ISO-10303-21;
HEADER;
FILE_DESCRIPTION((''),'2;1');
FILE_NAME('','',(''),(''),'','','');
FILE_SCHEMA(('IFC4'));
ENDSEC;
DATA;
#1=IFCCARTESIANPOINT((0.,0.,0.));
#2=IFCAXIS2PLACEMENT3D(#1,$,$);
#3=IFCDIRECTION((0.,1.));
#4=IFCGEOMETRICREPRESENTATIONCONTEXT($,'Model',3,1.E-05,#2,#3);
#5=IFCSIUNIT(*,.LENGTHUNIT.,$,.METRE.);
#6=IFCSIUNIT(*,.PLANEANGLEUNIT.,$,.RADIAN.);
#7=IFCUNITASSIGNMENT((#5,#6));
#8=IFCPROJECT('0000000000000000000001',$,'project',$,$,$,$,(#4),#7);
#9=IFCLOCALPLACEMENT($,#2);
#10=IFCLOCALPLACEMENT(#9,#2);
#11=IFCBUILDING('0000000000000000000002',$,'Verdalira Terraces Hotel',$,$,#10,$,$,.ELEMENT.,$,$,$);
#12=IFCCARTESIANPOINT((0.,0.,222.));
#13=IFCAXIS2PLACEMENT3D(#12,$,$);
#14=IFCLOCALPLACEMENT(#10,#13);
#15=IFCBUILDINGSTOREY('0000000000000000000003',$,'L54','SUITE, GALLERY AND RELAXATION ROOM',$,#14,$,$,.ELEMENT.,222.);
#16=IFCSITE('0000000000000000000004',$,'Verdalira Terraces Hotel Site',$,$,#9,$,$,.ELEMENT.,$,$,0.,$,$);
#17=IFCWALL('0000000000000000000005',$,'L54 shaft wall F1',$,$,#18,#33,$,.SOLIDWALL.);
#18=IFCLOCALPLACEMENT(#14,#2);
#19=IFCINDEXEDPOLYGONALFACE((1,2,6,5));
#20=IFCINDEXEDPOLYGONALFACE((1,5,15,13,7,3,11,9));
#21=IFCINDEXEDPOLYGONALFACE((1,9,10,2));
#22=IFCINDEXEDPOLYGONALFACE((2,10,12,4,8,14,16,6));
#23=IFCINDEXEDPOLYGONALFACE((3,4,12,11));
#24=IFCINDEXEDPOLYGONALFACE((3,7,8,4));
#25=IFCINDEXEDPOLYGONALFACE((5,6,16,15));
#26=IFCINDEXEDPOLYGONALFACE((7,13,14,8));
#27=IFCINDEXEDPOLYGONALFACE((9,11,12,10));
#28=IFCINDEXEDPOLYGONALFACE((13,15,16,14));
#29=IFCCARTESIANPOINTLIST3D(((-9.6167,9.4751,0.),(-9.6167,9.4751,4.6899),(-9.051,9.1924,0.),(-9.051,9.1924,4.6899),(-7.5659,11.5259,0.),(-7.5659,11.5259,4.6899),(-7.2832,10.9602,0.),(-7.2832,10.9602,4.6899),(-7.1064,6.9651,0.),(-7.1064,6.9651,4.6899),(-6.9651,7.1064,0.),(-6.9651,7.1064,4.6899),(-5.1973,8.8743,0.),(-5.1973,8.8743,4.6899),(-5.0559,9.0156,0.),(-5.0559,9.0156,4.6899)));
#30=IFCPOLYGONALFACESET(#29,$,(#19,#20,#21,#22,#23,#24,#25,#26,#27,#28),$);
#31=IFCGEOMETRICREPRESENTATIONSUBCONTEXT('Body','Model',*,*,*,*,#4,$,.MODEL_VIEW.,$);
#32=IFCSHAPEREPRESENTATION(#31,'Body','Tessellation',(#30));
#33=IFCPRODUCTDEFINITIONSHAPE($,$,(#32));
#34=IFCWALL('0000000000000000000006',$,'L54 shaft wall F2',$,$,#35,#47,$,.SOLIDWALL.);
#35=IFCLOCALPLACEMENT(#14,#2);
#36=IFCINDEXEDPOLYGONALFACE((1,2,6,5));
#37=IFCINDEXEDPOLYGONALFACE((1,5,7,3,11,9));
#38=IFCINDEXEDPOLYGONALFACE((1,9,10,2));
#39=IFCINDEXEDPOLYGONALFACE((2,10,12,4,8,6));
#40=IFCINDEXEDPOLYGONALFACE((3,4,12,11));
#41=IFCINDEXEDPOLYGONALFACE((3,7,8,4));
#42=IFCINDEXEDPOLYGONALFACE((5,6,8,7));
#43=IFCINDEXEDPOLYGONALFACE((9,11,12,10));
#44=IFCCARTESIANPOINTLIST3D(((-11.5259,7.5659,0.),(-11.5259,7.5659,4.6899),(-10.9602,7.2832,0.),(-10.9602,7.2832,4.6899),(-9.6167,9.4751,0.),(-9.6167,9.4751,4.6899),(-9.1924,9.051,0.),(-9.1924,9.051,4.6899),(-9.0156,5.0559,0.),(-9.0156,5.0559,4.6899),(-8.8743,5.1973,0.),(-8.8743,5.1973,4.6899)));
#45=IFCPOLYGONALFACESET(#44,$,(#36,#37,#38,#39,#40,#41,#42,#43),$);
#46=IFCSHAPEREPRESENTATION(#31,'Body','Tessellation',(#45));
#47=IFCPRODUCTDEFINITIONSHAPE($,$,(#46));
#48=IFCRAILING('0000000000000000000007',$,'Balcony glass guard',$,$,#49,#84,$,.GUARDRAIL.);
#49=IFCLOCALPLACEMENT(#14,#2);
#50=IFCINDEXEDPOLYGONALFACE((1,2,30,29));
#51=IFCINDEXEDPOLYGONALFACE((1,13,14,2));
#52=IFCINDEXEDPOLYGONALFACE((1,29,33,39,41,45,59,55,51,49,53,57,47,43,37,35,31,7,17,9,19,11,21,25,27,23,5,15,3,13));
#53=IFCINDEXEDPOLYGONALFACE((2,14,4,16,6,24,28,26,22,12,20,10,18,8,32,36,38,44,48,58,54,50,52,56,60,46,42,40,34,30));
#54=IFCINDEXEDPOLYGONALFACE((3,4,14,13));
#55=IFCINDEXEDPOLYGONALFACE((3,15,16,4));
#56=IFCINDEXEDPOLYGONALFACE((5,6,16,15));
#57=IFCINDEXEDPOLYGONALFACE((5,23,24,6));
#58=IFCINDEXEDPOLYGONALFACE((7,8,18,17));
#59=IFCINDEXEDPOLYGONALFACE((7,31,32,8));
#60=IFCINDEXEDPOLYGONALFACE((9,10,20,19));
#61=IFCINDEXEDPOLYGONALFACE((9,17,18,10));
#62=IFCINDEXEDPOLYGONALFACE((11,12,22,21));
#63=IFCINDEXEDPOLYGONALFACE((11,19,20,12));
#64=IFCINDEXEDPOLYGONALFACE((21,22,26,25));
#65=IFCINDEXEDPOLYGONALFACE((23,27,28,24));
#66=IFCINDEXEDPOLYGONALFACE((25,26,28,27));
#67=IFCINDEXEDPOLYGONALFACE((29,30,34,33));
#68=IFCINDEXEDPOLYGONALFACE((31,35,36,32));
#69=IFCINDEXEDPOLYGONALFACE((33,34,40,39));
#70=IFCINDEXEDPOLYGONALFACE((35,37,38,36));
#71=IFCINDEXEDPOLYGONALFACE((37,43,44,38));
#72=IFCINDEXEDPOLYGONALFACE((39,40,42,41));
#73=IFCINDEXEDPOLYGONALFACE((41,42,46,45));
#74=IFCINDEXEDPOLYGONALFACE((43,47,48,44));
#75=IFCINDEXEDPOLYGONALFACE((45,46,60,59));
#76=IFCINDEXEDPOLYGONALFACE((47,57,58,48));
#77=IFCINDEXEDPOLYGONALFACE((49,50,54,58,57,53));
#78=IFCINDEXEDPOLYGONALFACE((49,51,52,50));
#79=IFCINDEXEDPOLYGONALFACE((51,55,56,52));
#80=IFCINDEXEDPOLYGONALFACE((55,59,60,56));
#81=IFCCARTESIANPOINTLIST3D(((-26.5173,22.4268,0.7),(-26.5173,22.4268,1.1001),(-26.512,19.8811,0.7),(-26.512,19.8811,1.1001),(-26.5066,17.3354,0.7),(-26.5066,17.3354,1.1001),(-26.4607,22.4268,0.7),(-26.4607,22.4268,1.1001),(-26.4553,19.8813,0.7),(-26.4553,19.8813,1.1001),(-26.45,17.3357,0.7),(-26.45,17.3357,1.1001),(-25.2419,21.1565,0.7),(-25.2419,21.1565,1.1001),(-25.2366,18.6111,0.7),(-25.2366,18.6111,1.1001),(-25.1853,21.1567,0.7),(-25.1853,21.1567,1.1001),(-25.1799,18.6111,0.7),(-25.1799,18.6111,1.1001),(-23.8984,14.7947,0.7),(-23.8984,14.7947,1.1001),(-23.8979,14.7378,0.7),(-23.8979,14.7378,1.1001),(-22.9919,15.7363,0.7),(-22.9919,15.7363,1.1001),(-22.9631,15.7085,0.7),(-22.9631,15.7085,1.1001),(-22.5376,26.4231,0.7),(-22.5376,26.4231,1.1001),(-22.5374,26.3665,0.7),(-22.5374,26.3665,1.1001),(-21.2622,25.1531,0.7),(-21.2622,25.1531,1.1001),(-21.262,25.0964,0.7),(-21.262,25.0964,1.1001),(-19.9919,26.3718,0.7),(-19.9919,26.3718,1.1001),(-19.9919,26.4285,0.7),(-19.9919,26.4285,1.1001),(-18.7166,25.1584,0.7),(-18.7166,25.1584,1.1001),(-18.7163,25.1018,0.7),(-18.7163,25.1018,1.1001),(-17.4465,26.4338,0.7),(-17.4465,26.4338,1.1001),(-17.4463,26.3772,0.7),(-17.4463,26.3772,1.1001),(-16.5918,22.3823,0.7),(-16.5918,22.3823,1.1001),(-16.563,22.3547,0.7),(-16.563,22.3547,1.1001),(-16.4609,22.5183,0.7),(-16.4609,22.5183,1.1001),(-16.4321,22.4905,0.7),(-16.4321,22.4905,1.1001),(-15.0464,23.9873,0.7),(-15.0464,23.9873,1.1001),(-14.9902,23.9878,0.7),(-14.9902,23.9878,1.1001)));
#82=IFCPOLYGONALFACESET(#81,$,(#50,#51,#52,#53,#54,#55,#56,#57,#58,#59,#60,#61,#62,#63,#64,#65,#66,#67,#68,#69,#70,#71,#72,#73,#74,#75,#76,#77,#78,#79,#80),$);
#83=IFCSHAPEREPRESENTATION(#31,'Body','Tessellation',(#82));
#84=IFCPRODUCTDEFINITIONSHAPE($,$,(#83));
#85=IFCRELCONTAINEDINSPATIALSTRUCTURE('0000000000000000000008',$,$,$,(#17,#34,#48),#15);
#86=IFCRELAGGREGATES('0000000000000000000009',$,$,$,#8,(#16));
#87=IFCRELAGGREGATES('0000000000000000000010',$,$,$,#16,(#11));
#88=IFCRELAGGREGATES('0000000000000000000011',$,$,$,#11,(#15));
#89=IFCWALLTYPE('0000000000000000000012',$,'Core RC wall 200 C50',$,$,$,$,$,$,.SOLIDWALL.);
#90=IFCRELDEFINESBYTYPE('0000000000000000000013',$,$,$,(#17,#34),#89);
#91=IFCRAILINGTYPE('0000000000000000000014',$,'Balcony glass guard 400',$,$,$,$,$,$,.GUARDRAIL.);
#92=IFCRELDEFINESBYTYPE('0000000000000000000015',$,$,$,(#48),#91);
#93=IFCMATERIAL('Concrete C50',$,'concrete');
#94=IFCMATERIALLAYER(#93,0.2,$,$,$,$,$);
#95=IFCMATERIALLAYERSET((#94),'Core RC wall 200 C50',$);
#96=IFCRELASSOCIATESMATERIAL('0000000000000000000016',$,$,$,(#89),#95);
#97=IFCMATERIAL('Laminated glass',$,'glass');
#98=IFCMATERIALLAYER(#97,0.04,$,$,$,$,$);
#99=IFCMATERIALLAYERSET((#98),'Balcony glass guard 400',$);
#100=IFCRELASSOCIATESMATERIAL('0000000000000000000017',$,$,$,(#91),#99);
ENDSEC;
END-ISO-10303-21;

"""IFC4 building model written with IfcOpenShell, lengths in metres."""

from ifc_helpers import new_model, si_unit, direction, frame, origin, place, context, subcontext, project, spatial, polyline, outline, extrude, material, layer, layer_set, type_object, element, save


model = new_model("IFC4")

# Units and contexts
model_context = context("Model", 3, precision=1e-05, world=origin(), true_north=direction((0.0, 1.0)))
body_context = subcontext(model_context, "Body", "Model", "MODEL_VIEW")
ifc_project = project(units=[si_unit("LENGTHUNIT", "METRE"), si_unit("PLANEANGLEUNIT", "RADIAN")], contexts=[model_context])

# Site, building, storey
site_placement = place(None, origin())
site = spatial("IfcSite", under=ifc_project, at=site_placement, Name="Verdalira Terraces Hotel Site", CompositionType="ELEMENT", RefElevation=0.0)
building_placement = place(site_placement, origin())
building = spatial("IfcBuilding", under=site, at=building_placement, Name="Verdalira Terraces Hotel", CompositionType="ELEMENT")
storey_placement = place(building_placement, frame((0.0, 0.0, 222.0)))
storey = spatial("IfcBuildingStorey", under=building, at=storey_placement, Name="L54", Description="SUITE, GALLERY AND RELAXATION ROOM", CompositionType="ELEMENT", Elevation=222.0)

# Walls
ifc_material_1 = material(Name="Concrete C50", Category="concrete")
ifc_layer_1 = layer(ifc_material_1, 0.2)
ifc_layer_set_1 = layer_set([ifc_layer_1], Name="Core RC wall 200 C50")
wall_type_1 = type_object("IfcWallType", Name="Core RC wall 200 C50", PredefinedType="SOLIDWALL", material=ifc_layer_set_1)
wall_1_placement = place(storey_placement, origin())
element("IfcWall", 1, at=wall_1_placement, inside=storey, type_object=wall_type_1, Name="L54 shaft wall F1", PredefinedType="SOLIDWALL", context=body_context, shape_type="SweptSolid", body=[
    extrude(outline(polyline([(-9.6167, 9.4751), (-7.5659, 11.5259), (-5.0559, 9.0156), (-5.1973, 8.8743), (-7.2832, 10.9602), (-9.051, 9.1924), (-6.9651, 7.1064), (-7.1064, 6.9651), (-9.6167, 9.4751)])), origin(), (0.0, 0.0, 1.0), 4.6899),
])
wall_2_placement = place(storey_placement, origin())
element("IfcWall", 2, at=wall_2_placement, inside=storey, type_object=wall_type_1, Name="L54 shaft wall F2", PredefinedType="SOLIDWALL", context=body_context, shape_type="SweptSolid", body=[
    extrude(outline(polyline([(-11.5259, 7.5659), (-9.6167, 9.4751), (-9.1924, 9.051), (-10.9602, 7.2832), (-8.8743, 5.1973), (-9.0156, 5.0559), (-11.5259, 7.5659)])), origin(), (0.0, 0.0, 1.0), 4.6899),
])

# Railing
ifc_material_2 = material(Name="Laminated glass", Category="glass")
ifc_layer_2 = layer(ifc_material_2, 0.04)
ifc_layer_set_2 = layer_set([ifc_layer_2], Name="Balcony glass guard 400")
railing_type = type_object("IfcRailingType", Name="Balcony glass guard 400", PredefinedType="GUARDRAIL", material=ifc_layer_set_2)
railing_placement = place(storey_placement, frame((0.0, 0.0, 0.7)))
element("IfcRailing", 3, at=railing_placement, inside=storey, type_object=railing_type, Name="Balcony glass guard", PredefinedType="GUARDRAIL", context=body_context, shape_type="SweptSolid", body=[
    extrude(outline(polyline([(-16.4609, 22.5183), (-15.0464, 23.9873), (-17.4463, 26.3772), (-18.7163, 25.1018), (-19.9919, 26.3718), (-21.262, 25.0964), (-22.5374, 26.3665), (-26.4607, 22.4268), (-25.1853, 21.1567), (-26.4553, 19.8813), (-25.1799, 18.6111), (-26.45, 17.3357), (-23.8984, 14.7947), (-22.9919, 15.7363), (-22.9631, 15.7085), (-23.8979, 14.7378), (-26.5066, 17.3354), (-25.2366, 18.6111), (-26.512, 19.8811), (-25.2419, 21.1565), (-26.5173, 22.4268), (-22.5376, 26.4231), (-21.2622, 25.1531), (-19.9919, 26.4285), (-18.7166, 25.1584), (-17.4465, 26.4338), (-14.9902, 23.9878), (-16.4321, 22.4905), (-16.563, 22.3547), (-16.5918, 22.3823), (-16.4609, 22.5183)])), origin(), (0.0, 0.0, 1.0), 0.4001),
])

save(model, "model.ifc")
